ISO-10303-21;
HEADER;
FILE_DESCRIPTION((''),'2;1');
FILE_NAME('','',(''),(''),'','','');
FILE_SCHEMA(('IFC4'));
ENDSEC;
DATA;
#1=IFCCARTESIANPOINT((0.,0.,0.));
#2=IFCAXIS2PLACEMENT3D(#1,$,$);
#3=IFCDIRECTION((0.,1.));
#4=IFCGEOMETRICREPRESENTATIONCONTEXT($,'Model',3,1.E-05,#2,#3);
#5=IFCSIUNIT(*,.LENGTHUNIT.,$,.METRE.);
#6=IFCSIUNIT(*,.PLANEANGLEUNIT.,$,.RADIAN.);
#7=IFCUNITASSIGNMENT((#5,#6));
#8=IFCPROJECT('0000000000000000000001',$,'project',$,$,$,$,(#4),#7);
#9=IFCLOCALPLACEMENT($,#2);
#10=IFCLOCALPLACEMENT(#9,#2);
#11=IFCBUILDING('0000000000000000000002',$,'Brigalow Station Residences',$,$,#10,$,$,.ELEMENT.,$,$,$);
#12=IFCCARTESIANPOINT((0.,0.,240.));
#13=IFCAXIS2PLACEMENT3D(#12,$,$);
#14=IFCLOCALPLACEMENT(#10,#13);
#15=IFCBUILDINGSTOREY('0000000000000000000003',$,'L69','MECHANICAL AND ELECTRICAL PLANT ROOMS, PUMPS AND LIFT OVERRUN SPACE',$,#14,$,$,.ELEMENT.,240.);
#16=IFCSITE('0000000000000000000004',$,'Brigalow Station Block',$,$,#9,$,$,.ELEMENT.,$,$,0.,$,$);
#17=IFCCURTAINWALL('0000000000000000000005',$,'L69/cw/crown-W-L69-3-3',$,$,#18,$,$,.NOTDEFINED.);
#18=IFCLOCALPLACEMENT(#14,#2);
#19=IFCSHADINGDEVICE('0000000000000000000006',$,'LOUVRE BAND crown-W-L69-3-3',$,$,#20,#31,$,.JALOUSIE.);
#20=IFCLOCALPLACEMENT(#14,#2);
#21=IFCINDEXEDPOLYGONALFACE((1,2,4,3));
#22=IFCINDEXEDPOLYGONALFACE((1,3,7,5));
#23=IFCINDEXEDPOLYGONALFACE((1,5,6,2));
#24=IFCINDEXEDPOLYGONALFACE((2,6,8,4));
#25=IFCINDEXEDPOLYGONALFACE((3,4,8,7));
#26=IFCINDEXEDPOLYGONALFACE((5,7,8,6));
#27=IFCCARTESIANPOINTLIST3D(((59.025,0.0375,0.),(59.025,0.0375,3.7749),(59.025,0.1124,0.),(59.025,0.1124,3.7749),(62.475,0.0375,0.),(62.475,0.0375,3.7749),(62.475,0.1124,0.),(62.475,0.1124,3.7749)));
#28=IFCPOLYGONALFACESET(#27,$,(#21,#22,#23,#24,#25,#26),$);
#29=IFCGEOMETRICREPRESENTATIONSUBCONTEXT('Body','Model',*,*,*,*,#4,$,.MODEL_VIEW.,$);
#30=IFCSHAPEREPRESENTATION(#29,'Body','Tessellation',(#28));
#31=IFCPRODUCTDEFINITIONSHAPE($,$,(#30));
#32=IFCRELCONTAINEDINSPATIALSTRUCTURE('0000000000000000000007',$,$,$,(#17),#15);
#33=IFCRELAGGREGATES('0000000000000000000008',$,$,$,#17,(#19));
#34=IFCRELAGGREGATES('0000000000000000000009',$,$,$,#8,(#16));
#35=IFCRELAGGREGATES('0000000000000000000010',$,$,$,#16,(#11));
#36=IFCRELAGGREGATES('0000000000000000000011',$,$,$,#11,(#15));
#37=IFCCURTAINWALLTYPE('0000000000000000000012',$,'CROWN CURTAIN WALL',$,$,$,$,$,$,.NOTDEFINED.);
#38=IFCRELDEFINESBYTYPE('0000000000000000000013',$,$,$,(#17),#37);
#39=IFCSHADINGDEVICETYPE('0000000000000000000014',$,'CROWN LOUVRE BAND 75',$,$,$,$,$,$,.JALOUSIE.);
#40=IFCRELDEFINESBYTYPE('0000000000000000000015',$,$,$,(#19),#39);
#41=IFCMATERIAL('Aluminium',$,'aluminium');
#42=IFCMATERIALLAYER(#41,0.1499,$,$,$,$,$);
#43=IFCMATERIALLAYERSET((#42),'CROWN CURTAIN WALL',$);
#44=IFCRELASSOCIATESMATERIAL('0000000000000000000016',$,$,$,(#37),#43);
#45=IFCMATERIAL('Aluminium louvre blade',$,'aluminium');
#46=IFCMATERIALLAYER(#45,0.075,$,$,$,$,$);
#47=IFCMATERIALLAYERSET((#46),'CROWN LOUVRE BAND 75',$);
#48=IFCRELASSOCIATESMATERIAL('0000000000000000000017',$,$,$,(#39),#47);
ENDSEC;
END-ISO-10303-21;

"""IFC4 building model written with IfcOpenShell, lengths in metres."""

from ifc_helpers import new_model, si_unit, direction, frame, origin, origin_2d, place, context, subcontext, project, spatial, rectangle, extrude, material, layer, layer_set, type_object, element, aggregate, save


model = new_model("IFC4")

# Units and contexts
model_context = context("Model", 3, precision=1e-05, world=origin(), true_north=direction((0.0, 1.0)))
body_context = subcontext(model_context, "Body", "Model", "MODEL_VIEW")
ifc_project = project(units=[si_unit("LENGTHUNIT", "METRE"), si_unit("PLANEANGLEUNIT", "RADIAN")], contexts=[model_context])

# Site, building, storey
site_placement = place(None, origin())
site = spatial("IfcSite", under=ifc_project, at=site_placement, Name="Brigalow Station Block", CompositionType="ELEMENT", RefElevation=0.0)
building_placement = place(site_placement, origin())
building = spatial("IfcBuilding", under=site, at=building_placement, Name="Brigalow Station Residences", CompositionType="ELEMENT")
storey_placement = place(building_placement, frame((0.0, 0.0, 240.0)))
storey = spatial("IfcBuildingStorey", under=building, at=storey_placement, Name="L69", Description="MECHANICAL AND ELECTRICAL PLANT ROOMS, PUMPS AND LIFT OVERRUN SPACE", CompositionType="ELEMENT", Elevation=240.0)

# Curtain wall
ifc_material_1 = material(Name="Aluminium", Category="aluminium")
ifc_layer_1 = layer(ifc_material_1, 0.1499)
ifc_layer_set_1 = layer_set([ifc_layer_1], Name="CROWN CURTAIN WALL")
curtain_wall_type = type_object("IfcCurtainWallType", Name="CROWN CURTAIN WALL", PredefinedType="NOTDEFINED", material=ifc_layer_set_1)
curtain_wall_1_placement = place(storey_placement, origin())
curtain_wall_1 = element("IfcCurtainWall", 1, at=curtain_wall_1_placement, inside=storey, type_object=curtain_wall_type, Name="L69/cw/crown-W-L69-3-3", PredefinedType="NOTDEFINED")

# Shading device
ifc_material_2 = material(Name="Aluminium louvre blade", Category="aluminium")
ifc_layer_2 = layer(ifc_material_2, 0.075)
ifc_layer_set_2 = layer_set([ifc_layer_2], Name="CROWN LOUVRE BAND 75")
shading_device_type = type_object("IfcShadingDeviceType", Name="CROWN LOUVRE BAND 75", PredefinedType="JALOUSIE", material=ifc_layer_set_2)
shading_device_1_placement = place(storey_placement, frame((60.75, 0.075, 0.0), z_axis=(0.0, 0.0, 1.0), x_axis=(1.0, 0.0, 0.0)))
shading_device_1 = element("IfcShadingDevice", 2, at=shading_device_1_placement, type_object=shading_device_type, Name="LOUVRE BAND crown-W-L69-3-3", PredefinedType="JALOUSIE", context=body_context, shape_type="SweptSolid", body=[
    extrude(rectangle(XDim=3.45, YDim=0.075, at=origin_2d()), origin(), (0.0, 0.0, 1.0), 3.7749),
])
aggregate(curtain_wall_1, [shading_device_1])

save(model, "model.ifc")
